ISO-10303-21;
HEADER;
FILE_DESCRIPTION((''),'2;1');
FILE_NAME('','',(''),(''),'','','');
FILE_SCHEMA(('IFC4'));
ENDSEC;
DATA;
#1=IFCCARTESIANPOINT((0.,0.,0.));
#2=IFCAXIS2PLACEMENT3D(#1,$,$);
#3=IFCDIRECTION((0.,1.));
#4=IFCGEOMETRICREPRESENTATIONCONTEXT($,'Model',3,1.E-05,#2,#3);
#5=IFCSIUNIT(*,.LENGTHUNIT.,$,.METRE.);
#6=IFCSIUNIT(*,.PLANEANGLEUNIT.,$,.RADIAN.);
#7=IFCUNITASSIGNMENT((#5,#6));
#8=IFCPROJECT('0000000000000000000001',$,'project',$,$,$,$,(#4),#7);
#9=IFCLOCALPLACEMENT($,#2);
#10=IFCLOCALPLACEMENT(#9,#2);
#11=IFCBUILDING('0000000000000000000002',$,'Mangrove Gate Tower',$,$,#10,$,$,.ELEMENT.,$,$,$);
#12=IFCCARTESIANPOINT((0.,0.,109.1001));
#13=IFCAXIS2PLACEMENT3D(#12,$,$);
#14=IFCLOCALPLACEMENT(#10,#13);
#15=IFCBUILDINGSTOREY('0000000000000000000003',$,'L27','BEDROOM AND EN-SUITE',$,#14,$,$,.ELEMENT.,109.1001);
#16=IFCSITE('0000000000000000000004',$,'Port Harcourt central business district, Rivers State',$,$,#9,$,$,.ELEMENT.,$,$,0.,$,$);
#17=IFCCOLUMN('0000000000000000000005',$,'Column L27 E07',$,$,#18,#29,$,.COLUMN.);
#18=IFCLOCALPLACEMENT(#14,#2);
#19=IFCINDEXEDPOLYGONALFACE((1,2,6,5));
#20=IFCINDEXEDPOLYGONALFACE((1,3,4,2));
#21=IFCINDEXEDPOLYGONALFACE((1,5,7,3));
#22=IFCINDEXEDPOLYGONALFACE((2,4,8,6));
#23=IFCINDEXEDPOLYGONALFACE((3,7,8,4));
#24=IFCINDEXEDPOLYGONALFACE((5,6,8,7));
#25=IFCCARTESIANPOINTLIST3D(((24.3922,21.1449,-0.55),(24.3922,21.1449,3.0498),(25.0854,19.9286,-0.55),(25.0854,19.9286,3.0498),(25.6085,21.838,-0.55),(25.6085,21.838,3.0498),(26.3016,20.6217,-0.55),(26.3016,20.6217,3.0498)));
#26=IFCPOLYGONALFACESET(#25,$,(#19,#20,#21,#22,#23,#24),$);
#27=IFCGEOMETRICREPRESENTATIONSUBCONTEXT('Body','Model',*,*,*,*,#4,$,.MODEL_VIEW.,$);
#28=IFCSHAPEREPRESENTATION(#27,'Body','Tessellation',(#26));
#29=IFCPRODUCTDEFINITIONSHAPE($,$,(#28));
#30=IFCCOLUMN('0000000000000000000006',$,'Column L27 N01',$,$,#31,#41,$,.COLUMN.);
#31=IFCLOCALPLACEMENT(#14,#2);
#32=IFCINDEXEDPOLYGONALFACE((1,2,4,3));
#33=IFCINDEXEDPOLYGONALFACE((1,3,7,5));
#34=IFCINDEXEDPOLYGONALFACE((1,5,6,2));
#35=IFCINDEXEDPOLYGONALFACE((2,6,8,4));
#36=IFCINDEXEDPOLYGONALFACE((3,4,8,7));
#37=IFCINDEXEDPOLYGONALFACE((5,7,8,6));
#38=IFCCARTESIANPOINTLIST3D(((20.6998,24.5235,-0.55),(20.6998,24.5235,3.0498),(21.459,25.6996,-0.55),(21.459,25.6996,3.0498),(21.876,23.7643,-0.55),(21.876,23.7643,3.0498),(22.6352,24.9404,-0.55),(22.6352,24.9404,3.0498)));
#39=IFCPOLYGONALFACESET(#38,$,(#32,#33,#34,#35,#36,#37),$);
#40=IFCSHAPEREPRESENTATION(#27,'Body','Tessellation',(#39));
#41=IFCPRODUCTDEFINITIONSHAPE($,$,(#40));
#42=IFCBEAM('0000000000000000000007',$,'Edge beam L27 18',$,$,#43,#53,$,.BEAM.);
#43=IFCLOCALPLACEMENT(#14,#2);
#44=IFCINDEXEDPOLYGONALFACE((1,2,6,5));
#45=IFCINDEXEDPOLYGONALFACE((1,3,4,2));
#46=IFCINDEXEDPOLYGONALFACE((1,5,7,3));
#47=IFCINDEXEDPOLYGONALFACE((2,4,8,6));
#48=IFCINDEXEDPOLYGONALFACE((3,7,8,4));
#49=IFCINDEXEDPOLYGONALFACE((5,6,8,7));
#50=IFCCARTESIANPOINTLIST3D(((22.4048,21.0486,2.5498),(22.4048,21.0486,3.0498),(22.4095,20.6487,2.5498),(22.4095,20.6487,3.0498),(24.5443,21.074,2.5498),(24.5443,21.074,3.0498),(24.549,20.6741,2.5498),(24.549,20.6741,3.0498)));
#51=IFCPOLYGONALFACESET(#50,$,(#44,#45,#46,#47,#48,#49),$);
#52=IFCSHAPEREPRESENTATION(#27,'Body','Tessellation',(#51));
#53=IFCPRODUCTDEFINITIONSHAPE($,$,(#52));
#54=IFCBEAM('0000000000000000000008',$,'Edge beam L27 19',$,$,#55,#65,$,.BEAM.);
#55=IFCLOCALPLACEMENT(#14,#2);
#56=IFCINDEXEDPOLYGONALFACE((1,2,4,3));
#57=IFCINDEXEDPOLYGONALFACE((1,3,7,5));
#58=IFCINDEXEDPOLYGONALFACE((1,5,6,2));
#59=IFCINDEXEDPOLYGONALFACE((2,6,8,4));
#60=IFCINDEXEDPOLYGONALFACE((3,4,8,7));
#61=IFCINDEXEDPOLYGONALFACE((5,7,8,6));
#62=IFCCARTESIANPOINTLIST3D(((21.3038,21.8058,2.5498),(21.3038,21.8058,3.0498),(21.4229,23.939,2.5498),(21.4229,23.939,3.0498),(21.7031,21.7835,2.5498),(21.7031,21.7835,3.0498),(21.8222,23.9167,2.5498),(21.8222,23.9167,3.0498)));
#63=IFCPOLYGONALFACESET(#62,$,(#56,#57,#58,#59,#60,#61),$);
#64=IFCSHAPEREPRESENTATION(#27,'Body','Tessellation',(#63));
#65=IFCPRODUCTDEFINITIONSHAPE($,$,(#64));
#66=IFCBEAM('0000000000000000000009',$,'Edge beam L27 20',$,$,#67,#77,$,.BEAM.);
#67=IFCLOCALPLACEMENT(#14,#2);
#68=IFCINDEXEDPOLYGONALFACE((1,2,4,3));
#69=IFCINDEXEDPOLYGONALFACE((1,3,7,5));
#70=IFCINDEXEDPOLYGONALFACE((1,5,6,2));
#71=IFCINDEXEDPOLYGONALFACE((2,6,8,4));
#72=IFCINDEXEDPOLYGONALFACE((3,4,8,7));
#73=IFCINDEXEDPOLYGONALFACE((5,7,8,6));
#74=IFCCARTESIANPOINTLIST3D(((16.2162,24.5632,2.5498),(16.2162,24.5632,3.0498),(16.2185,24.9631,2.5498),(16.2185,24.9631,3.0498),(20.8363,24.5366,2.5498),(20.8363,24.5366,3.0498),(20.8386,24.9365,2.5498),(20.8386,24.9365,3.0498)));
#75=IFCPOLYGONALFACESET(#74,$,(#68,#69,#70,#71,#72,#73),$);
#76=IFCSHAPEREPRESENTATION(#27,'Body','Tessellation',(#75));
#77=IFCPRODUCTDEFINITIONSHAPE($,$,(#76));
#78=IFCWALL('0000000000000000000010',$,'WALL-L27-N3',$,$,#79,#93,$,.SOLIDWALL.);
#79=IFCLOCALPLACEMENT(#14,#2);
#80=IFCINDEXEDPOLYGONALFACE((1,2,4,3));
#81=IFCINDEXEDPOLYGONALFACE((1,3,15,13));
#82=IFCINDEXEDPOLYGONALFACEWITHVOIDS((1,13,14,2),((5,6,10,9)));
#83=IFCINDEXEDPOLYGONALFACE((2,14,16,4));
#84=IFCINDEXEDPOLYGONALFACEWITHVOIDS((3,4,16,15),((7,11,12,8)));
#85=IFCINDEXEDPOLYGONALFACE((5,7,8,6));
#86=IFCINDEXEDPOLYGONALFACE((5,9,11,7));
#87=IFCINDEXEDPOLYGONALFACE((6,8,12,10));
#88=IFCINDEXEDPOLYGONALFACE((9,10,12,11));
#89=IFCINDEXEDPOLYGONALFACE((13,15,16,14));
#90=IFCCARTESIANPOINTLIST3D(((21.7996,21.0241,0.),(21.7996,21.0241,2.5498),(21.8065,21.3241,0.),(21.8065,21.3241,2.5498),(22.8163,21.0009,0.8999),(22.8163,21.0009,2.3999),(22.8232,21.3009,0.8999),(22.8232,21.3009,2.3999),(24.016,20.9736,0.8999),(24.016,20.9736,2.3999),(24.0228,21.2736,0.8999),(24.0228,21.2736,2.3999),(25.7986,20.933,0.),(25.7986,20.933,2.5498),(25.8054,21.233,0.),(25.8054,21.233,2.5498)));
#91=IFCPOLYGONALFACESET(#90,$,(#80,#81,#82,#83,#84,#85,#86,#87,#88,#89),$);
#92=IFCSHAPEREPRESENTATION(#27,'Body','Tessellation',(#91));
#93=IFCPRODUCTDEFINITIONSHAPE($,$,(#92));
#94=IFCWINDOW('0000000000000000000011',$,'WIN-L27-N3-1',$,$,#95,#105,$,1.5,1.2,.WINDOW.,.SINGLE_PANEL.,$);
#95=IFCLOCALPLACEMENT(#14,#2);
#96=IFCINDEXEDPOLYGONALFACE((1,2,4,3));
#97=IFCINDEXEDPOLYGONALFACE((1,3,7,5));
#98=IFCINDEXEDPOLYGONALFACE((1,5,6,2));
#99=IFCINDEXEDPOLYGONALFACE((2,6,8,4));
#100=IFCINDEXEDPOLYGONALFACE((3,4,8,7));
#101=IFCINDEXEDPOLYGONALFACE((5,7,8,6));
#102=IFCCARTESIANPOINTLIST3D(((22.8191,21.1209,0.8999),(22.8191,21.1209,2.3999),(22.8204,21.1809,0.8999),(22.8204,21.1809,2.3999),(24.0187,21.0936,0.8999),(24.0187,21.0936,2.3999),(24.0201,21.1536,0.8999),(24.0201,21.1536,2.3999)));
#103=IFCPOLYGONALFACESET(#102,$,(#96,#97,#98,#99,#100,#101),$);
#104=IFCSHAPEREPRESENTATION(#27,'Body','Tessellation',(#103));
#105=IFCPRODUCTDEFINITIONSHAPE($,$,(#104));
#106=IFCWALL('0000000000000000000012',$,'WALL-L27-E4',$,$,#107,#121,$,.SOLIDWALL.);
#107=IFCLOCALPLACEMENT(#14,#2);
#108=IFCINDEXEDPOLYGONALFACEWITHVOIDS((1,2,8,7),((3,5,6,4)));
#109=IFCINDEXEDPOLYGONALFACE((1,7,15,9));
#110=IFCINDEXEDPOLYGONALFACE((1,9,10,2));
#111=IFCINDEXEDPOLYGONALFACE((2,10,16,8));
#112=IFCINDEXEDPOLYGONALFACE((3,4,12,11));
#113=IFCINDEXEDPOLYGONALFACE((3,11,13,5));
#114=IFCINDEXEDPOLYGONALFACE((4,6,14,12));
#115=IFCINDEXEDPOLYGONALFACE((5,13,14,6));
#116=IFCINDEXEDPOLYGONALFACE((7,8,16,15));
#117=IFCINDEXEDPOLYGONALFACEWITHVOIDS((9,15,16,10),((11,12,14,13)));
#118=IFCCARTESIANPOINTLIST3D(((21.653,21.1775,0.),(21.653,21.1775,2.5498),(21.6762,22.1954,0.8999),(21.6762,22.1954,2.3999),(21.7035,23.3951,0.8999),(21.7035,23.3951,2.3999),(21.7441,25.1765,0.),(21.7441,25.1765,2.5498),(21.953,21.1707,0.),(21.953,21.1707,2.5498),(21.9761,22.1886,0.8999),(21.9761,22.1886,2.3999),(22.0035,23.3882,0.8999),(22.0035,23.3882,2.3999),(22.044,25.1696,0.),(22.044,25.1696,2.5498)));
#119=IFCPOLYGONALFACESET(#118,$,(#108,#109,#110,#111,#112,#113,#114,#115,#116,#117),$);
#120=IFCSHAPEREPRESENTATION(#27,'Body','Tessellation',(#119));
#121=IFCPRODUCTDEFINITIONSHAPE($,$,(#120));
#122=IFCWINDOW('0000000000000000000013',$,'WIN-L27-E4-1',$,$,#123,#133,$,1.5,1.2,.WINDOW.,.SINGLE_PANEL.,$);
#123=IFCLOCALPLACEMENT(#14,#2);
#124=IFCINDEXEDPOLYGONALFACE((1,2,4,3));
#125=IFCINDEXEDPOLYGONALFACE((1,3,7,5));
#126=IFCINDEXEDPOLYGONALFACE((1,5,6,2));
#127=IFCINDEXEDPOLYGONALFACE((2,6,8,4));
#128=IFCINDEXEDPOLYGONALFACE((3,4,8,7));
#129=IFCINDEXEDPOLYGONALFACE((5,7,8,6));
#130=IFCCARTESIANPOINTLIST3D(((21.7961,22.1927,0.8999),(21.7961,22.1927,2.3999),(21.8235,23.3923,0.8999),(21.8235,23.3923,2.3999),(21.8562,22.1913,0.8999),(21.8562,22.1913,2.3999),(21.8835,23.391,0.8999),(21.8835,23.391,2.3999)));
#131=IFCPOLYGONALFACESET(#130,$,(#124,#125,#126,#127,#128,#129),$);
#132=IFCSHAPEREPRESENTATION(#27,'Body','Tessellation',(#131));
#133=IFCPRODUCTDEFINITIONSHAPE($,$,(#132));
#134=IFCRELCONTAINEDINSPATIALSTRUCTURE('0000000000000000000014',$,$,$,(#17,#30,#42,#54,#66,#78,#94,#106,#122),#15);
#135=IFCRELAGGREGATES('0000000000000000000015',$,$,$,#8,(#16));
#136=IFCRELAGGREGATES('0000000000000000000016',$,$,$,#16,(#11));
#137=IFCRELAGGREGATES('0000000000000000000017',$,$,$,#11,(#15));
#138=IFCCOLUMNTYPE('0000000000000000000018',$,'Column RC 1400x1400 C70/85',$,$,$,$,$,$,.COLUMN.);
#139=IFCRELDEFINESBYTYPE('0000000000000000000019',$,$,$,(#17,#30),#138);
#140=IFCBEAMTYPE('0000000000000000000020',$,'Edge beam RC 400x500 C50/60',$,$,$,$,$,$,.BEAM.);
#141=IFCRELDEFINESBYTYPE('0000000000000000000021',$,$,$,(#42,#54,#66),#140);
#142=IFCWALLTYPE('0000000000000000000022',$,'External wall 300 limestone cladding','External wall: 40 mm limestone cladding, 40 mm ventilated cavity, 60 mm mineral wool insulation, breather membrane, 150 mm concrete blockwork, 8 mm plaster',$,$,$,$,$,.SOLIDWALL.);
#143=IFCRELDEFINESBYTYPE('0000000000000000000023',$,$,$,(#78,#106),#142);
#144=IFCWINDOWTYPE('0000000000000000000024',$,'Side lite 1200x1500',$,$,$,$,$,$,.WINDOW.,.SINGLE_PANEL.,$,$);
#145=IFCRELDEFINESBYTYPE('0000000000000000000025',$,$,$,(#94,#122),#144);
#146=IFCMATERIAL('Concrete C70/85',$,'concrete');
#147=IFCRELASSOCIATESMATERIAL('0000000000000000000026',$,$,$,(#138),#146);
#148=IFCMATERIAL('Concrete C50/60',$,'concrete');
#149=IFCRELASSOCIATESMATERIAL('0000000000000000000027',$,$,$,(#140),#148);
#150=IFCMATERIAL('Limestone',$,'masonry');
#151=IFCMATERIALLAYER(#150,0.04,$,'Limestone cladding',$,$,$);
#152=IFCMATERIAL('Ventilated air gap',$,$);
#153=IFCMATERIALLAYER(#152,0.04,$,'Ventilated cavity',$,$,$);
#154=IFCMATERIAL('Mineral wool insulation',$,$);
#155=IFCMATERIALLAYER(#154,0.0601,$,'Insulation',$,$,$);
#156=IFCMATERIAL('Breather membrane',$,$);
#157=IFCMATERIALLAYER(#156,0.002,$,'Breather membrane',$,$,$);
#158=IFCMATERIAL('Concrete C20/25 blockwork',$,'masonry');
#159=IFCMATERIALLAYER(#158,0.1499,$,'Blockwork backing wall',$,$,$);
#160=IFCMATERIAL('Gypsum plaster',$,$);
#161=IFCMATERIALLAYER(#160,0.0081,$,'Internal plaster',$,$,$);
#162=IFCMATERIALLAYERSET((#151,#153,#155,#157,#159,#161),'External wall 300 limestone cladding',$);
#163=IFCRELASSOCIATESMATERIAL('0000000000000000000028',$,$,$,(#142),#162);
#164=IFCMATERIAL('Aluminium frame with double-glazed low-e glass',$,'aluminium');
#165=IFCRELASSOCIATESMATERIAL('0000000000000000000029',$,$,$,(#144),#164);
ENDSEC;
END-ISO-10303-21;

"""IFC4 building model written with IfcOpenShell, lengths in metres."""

from ifc_helpers import new_model, si_unit, direction, frame, frame_2d, origin, origin_2d, place, context, subcontext, project, spatial, rectangle, extrude, material, layer, layer_set, material_profile, profile_set, type_object, element, fill, save


model = new_model("IFC4")

# Units and contexts
model_context = context("Model", 3, precision=1e-05, world=origin(), true_north=direction((0.0, 1.0)))
body_context = subcontext(model_context, "Body", "Model", "MODEL_VIEW")
ifc_project = project(units=[si_unit("LENGTHUNIT", "METRE"), si_unit("PLANEANGLEUNIT", "RADIAN")], contexts=[model_context])

# Site, building, storey
site_placement = place(None, origin())
site = spatial("IfcSite", under=ifc_project, at=site_placement, Name="Port Harcourt central business district, Rivers State", CompositionType="ELEMENT", RefElevation=0.0)
building_placement = place(site_placement, origin())
building = spatial("IfcBuilding", under=site, at=building_placement, Name="Mangrove Gate Tower", CompositionType="ELEMENT")
storey_placement = place(building_placement, frame((0.0, 0.0, 109.1001)))
storey = spatial("IfcBuildingStorey", under=building, at=storey_placement, Name="L27", Description="BEDROOM AND EN-SUITE", CompositionType="ELEMENT", Elevation=109.1001)

# Columns
ifc_material_1 = material(Name="Concrete C70/85", Category="concrete")
ifc_material_profile_1 = material_profile(ifc_material_1, rectangle(XDim=1.3999, YDim=1.3999, at=origin_2d()))
ifc_profile_set_1 = profile_set([ifc_material_profile_1], Name="Concrete C70/85")
column_type = type_object("IfcColumnType", Name="Column RC 1400x1400 C70/85", PredefinedType="COLUMN", material=ifc_profile_set_1)
for number, where, z_axis, x_axis, name in (
    (1, (25.3469, 20.8833, -0.55), (0.0, 0.0, 1.0), (-0.495141, 0.868813, 0.0), "Column L27 E07"),
    (2, (21.6675, 24.7319, -0.55), (0.0, 0.0, 1.0), (-0.84017, 0.542323, 0.0), "Column L27 N01"),
):
    element("IfcColumn", number, at=place(storey_placement, frame(where, z_axis=z_axis, x_axis=x_axis)), inside=storey, type_object=column_type, Name=name, PredefinedType="COLUMN", context=body_context, shape_type="SweptSolid", body=[
        extrude(rectangle(XDim=1.3999, YDim=1.3999, at=origin_2d()), origin(), (0.0, 0.0, 1.0), 3.5999),
    ])

# Beams
ifc_material_2 = material(Name="Concrete C50/60", Category="concrete")
ifc_material_profile_2 = material_profile(ifc_material_2, rectangle(XDim=0.3999, YDim=0.5, at=origin_2d()))
ifc_profile_set_2 = profile_set([ifc_material_profile_2], Name="Concrete C50/60")
beam_type = type_object("IfcBeamType", Name="Edge beam RC 400x500 C50/60", PredefinedType="BEAM", material=ifc_profile_set_2)
beam_1_placement = place(storey_placement, frame((24.5466, 20.874, 2.7998), z_axis=(-0.99993, -0.011867, 0.0), x_axis=(0.011867, -0.99993, 0.0)))
element("IfcBeam", 3, at=beam_1_placement, inside=storey, type_object=beam_type, Name="Edge beam L27 18", PredefinedType="BEAM", context=body_context, shape_type="SweptSolid", body=[
    extrude(rectangle(XDim=0.3999, YDim=0.5, at=origin_2d()), origin(), (0.0, 0.0, 1.0), 2.1396),
])
beam_2_placement = place(storey_placement, frame((21.5034, 21.7947, 2.7998), z_axis=(0.055767, 0.998444, 0.0), x_axis=(-0.998444, 0.055767, 0.0)))
element("IfcBeam", 4, at=beam_2_placement, inside=storey, type_object=beam_type, Name="Edge beam L27 19", PredefinedType="BEAM", context=body_context, shape_type="SweptSolid", body=[
    extrude(rectangle(XDim=0.3999, YDim=0.5, at=origin_2d()), origin(), (0.0, 0.0, 1.0), 2.1365),
])
beam_3_placement = place(storey_placement, frame((20.8374, 24.7366, 2.7998), z_axis=(-0.999983, 0.00576, 0.0), x_axis=(-0.00576, -0.999983, 0.0)))
element("IfcBeam", 5, at=beam_3_placement, inside=storey, type_object=beam_type, Name="Edge beam L27 20", PredefinedType="BEAM", context=body_context, shape_type="SweptSolid", body=[
    extrude(rectangle(XDim=0.3999, YDim=0.5, at=origin_2d()), origin(), (0.0, 0.0, 1.0), 4.6201),
])

# Walls, openings, windows
ifc_material_3 = material(Name="Limestone", Category="masonry")
ifc_layer_1 = layer(ifc_material_3, 0.04, Name="Limestone cladding")
ifc_material_4 = material(Name="Ventilated air gap")
ifc_layer_2 = layer(ifc_material_4, 0.04, Name="Ventilated cavity")
ifc_material_5 = material(Name="Mineral wool insulation")
ifc_layer_3 = layer(ifc_material_5, 0.0601, Name="Insulation")
ifc_material_6 = material(Name="Breather membrane")
ifc_layer_4 = layer(ifc_material_6, 0.002, Name="Breather membrane")
ifc_material_7 = material(Name="Concrete C20/25 blockwork", Category="masonry")
ifc_layer_5 = layer(ifc_material_7, 0.1499, Name="Blockwork backing wall")
ifc_material_8 = material(Name="Gypsum plaster")
ifc_layer_6 = layer(ifc_material_8, 0.0081, Name="Internal plaster")
ifc_layer_set = layer_set([ifc_layer_1, ifc_layer_2, ifc_layer_3, ifc_layer_4, ifc_layer_5, ifc_layer_6], Name="External wall 300 limestone cladding")
wall_type = type_object("IfcWallType", Name="External wall 300 limestone cladding", Description="External wall: 40 mm limestone cladding, 40 mm ventilated cavity, 60 mm mineral wool insulation, breather membrane, 150 mm concrete blockwork, 8 mm plaster", PredefinedType="SOLIDWALL", material=ifc_layer_set)
wall_1_placement = place(storey_placement, frame((25.802, 21.083, 0.0), z_axis=(0.0, 0.0, 1.0), x_axis=(-0.999741, 0.022766, 0.0)))
wall_1 = element("IfcWall", 6, at=wall_1_placement, inside=storey, type_object=wall_type, Name="WALL-L27-N3", PredefinedType="SOLIDWALL", context=body_context, shape_type="SweptSolid", body=[
    extrude(rectangle(XDim=4.0, YDim=0.3, at=frame_2d((2.0, 0.0))), origin(), (0.0, 0.0, 1.0), 2.5498),
])
opening_1_placement = place(wall_1_placement, frame((1.783, 0.0, 0.8999)))
opening_1 = element("IfcOpeningElement", 7, at=opening_1_placement, cuts=wall_1, PredefinedType="OPENING", context=body_context, shape_type="SweptSolid", body=[
    extrude(rectangle(XDim=1.2, YDim=1.5, at=frame_2d((0.6001, 0.75))), frame((0.0, 0.1599, 0.0), z_axis=(0.0, -1.0, 0.0), x_axis=(1.0, 0.0, 0.0)), (0.0, 0.0, 1.0), 0.3201),
])
ifc_material_9 = material(Name="Aluminium frame with double-glazed low-e glass", Category="aluminium")
window_type_1 = type_object("IfcWindowType", Name="Side lite 1200x1500", PartitioningType="SINGLE_PANEL", PredefinedType="WINDOW", material=ifc_material_9)
window_1_placement = place(opening_1_placement, origin())
window_1 = element("IfcWindow", 8, at=window_1_placement, inside=storey, type_object=window_type_1, Name="WIN-L27-N3-1", OverallHeight=1.5, OverallWidth=1.2, PartitioningType="SINGLE_PANEL", PredefinedType="WINDOW", context=body_context, shape_type="SweptSolid", body=[
    extrude(rectangle(XDim=1.2, YDim=1.5, at=frame_2d((0.6001, 0.75))), frame((0.0, 0.03, 0.0), z_axis=(0.0, -1.0, 0.0), x_axis=(1.0, 0.0, 0.0)), (0.0, 0.0, 1.0), 0.0601),
])
fill(opening_1, window_1)
wall_2_placement = place(storey_placement, frame((21.803, 21.1741, 0.0), z_axis=(0.0, 0.0, 1.0), x_axis=(0.022766, 0.999741, 0.0)))
wall_2 = element("IfcWall", 9, at=wall_2_placement, inside=storey, type_object=wall_type, Name="WALL-L27-E4", PredefinedType="SOLIDWALL", context=body_context, shape_type="SweptSolid", body=[
    extrude(rectangle(XDim=4.0, YDim=0.3, at=frame_2d((2.0, 0.0))), origin(), (0.0, 0.0, 1.0), 2.5498),
])
opening_2_placement = place(wall_2_placement, frame((1.0181, 0.0, 0.8999)))
opening_2 = element("IfcOpeningElement", 10, at=opening_2_placement, cuts=wall_2, PredefinedType="OPENING", context=body_context, shape_type="SweptSolid", body=[
    extrude(rectangle(XDim=1.2, YDim=1.5, at=frame_2d((0.6001, 0.75))), frame((0.0, 0.1599, 0.0), z_axis=(0.0, -1.0, 0.0), x_axis=(1.0, 0.0, 0.0)), (0.0, 0.0, 1.0), 0.3201),
])
window_2_placement = place(opening_2_placement, origin())
window_2 = element("IfcWindow", 11, at=window_2_placement, inside=storey, type_object=window_type_1, Name="WIN-L27-E4-1", OverallHeight=1.5, OverallWidth=1.2, PartitioningType="SINGLE_PANEL", PredefinedType="WINDOW", context=body_context, shape_type="SweptSolid", body=[
    extrude(rectangle(XDim=1.2, YDim=1.5, at=frame_2d((0.6001, 0.75))), frame((0.0, 0.03, 0.0), z_axis=(0.0, -1.0, 0.0), x_axis=(1.0, 0.0, 0.0)), (0.0, 0.0, 1.0), 0.0601),
])
fill(opening_2, window_2)

save(model, "model.ifc")
